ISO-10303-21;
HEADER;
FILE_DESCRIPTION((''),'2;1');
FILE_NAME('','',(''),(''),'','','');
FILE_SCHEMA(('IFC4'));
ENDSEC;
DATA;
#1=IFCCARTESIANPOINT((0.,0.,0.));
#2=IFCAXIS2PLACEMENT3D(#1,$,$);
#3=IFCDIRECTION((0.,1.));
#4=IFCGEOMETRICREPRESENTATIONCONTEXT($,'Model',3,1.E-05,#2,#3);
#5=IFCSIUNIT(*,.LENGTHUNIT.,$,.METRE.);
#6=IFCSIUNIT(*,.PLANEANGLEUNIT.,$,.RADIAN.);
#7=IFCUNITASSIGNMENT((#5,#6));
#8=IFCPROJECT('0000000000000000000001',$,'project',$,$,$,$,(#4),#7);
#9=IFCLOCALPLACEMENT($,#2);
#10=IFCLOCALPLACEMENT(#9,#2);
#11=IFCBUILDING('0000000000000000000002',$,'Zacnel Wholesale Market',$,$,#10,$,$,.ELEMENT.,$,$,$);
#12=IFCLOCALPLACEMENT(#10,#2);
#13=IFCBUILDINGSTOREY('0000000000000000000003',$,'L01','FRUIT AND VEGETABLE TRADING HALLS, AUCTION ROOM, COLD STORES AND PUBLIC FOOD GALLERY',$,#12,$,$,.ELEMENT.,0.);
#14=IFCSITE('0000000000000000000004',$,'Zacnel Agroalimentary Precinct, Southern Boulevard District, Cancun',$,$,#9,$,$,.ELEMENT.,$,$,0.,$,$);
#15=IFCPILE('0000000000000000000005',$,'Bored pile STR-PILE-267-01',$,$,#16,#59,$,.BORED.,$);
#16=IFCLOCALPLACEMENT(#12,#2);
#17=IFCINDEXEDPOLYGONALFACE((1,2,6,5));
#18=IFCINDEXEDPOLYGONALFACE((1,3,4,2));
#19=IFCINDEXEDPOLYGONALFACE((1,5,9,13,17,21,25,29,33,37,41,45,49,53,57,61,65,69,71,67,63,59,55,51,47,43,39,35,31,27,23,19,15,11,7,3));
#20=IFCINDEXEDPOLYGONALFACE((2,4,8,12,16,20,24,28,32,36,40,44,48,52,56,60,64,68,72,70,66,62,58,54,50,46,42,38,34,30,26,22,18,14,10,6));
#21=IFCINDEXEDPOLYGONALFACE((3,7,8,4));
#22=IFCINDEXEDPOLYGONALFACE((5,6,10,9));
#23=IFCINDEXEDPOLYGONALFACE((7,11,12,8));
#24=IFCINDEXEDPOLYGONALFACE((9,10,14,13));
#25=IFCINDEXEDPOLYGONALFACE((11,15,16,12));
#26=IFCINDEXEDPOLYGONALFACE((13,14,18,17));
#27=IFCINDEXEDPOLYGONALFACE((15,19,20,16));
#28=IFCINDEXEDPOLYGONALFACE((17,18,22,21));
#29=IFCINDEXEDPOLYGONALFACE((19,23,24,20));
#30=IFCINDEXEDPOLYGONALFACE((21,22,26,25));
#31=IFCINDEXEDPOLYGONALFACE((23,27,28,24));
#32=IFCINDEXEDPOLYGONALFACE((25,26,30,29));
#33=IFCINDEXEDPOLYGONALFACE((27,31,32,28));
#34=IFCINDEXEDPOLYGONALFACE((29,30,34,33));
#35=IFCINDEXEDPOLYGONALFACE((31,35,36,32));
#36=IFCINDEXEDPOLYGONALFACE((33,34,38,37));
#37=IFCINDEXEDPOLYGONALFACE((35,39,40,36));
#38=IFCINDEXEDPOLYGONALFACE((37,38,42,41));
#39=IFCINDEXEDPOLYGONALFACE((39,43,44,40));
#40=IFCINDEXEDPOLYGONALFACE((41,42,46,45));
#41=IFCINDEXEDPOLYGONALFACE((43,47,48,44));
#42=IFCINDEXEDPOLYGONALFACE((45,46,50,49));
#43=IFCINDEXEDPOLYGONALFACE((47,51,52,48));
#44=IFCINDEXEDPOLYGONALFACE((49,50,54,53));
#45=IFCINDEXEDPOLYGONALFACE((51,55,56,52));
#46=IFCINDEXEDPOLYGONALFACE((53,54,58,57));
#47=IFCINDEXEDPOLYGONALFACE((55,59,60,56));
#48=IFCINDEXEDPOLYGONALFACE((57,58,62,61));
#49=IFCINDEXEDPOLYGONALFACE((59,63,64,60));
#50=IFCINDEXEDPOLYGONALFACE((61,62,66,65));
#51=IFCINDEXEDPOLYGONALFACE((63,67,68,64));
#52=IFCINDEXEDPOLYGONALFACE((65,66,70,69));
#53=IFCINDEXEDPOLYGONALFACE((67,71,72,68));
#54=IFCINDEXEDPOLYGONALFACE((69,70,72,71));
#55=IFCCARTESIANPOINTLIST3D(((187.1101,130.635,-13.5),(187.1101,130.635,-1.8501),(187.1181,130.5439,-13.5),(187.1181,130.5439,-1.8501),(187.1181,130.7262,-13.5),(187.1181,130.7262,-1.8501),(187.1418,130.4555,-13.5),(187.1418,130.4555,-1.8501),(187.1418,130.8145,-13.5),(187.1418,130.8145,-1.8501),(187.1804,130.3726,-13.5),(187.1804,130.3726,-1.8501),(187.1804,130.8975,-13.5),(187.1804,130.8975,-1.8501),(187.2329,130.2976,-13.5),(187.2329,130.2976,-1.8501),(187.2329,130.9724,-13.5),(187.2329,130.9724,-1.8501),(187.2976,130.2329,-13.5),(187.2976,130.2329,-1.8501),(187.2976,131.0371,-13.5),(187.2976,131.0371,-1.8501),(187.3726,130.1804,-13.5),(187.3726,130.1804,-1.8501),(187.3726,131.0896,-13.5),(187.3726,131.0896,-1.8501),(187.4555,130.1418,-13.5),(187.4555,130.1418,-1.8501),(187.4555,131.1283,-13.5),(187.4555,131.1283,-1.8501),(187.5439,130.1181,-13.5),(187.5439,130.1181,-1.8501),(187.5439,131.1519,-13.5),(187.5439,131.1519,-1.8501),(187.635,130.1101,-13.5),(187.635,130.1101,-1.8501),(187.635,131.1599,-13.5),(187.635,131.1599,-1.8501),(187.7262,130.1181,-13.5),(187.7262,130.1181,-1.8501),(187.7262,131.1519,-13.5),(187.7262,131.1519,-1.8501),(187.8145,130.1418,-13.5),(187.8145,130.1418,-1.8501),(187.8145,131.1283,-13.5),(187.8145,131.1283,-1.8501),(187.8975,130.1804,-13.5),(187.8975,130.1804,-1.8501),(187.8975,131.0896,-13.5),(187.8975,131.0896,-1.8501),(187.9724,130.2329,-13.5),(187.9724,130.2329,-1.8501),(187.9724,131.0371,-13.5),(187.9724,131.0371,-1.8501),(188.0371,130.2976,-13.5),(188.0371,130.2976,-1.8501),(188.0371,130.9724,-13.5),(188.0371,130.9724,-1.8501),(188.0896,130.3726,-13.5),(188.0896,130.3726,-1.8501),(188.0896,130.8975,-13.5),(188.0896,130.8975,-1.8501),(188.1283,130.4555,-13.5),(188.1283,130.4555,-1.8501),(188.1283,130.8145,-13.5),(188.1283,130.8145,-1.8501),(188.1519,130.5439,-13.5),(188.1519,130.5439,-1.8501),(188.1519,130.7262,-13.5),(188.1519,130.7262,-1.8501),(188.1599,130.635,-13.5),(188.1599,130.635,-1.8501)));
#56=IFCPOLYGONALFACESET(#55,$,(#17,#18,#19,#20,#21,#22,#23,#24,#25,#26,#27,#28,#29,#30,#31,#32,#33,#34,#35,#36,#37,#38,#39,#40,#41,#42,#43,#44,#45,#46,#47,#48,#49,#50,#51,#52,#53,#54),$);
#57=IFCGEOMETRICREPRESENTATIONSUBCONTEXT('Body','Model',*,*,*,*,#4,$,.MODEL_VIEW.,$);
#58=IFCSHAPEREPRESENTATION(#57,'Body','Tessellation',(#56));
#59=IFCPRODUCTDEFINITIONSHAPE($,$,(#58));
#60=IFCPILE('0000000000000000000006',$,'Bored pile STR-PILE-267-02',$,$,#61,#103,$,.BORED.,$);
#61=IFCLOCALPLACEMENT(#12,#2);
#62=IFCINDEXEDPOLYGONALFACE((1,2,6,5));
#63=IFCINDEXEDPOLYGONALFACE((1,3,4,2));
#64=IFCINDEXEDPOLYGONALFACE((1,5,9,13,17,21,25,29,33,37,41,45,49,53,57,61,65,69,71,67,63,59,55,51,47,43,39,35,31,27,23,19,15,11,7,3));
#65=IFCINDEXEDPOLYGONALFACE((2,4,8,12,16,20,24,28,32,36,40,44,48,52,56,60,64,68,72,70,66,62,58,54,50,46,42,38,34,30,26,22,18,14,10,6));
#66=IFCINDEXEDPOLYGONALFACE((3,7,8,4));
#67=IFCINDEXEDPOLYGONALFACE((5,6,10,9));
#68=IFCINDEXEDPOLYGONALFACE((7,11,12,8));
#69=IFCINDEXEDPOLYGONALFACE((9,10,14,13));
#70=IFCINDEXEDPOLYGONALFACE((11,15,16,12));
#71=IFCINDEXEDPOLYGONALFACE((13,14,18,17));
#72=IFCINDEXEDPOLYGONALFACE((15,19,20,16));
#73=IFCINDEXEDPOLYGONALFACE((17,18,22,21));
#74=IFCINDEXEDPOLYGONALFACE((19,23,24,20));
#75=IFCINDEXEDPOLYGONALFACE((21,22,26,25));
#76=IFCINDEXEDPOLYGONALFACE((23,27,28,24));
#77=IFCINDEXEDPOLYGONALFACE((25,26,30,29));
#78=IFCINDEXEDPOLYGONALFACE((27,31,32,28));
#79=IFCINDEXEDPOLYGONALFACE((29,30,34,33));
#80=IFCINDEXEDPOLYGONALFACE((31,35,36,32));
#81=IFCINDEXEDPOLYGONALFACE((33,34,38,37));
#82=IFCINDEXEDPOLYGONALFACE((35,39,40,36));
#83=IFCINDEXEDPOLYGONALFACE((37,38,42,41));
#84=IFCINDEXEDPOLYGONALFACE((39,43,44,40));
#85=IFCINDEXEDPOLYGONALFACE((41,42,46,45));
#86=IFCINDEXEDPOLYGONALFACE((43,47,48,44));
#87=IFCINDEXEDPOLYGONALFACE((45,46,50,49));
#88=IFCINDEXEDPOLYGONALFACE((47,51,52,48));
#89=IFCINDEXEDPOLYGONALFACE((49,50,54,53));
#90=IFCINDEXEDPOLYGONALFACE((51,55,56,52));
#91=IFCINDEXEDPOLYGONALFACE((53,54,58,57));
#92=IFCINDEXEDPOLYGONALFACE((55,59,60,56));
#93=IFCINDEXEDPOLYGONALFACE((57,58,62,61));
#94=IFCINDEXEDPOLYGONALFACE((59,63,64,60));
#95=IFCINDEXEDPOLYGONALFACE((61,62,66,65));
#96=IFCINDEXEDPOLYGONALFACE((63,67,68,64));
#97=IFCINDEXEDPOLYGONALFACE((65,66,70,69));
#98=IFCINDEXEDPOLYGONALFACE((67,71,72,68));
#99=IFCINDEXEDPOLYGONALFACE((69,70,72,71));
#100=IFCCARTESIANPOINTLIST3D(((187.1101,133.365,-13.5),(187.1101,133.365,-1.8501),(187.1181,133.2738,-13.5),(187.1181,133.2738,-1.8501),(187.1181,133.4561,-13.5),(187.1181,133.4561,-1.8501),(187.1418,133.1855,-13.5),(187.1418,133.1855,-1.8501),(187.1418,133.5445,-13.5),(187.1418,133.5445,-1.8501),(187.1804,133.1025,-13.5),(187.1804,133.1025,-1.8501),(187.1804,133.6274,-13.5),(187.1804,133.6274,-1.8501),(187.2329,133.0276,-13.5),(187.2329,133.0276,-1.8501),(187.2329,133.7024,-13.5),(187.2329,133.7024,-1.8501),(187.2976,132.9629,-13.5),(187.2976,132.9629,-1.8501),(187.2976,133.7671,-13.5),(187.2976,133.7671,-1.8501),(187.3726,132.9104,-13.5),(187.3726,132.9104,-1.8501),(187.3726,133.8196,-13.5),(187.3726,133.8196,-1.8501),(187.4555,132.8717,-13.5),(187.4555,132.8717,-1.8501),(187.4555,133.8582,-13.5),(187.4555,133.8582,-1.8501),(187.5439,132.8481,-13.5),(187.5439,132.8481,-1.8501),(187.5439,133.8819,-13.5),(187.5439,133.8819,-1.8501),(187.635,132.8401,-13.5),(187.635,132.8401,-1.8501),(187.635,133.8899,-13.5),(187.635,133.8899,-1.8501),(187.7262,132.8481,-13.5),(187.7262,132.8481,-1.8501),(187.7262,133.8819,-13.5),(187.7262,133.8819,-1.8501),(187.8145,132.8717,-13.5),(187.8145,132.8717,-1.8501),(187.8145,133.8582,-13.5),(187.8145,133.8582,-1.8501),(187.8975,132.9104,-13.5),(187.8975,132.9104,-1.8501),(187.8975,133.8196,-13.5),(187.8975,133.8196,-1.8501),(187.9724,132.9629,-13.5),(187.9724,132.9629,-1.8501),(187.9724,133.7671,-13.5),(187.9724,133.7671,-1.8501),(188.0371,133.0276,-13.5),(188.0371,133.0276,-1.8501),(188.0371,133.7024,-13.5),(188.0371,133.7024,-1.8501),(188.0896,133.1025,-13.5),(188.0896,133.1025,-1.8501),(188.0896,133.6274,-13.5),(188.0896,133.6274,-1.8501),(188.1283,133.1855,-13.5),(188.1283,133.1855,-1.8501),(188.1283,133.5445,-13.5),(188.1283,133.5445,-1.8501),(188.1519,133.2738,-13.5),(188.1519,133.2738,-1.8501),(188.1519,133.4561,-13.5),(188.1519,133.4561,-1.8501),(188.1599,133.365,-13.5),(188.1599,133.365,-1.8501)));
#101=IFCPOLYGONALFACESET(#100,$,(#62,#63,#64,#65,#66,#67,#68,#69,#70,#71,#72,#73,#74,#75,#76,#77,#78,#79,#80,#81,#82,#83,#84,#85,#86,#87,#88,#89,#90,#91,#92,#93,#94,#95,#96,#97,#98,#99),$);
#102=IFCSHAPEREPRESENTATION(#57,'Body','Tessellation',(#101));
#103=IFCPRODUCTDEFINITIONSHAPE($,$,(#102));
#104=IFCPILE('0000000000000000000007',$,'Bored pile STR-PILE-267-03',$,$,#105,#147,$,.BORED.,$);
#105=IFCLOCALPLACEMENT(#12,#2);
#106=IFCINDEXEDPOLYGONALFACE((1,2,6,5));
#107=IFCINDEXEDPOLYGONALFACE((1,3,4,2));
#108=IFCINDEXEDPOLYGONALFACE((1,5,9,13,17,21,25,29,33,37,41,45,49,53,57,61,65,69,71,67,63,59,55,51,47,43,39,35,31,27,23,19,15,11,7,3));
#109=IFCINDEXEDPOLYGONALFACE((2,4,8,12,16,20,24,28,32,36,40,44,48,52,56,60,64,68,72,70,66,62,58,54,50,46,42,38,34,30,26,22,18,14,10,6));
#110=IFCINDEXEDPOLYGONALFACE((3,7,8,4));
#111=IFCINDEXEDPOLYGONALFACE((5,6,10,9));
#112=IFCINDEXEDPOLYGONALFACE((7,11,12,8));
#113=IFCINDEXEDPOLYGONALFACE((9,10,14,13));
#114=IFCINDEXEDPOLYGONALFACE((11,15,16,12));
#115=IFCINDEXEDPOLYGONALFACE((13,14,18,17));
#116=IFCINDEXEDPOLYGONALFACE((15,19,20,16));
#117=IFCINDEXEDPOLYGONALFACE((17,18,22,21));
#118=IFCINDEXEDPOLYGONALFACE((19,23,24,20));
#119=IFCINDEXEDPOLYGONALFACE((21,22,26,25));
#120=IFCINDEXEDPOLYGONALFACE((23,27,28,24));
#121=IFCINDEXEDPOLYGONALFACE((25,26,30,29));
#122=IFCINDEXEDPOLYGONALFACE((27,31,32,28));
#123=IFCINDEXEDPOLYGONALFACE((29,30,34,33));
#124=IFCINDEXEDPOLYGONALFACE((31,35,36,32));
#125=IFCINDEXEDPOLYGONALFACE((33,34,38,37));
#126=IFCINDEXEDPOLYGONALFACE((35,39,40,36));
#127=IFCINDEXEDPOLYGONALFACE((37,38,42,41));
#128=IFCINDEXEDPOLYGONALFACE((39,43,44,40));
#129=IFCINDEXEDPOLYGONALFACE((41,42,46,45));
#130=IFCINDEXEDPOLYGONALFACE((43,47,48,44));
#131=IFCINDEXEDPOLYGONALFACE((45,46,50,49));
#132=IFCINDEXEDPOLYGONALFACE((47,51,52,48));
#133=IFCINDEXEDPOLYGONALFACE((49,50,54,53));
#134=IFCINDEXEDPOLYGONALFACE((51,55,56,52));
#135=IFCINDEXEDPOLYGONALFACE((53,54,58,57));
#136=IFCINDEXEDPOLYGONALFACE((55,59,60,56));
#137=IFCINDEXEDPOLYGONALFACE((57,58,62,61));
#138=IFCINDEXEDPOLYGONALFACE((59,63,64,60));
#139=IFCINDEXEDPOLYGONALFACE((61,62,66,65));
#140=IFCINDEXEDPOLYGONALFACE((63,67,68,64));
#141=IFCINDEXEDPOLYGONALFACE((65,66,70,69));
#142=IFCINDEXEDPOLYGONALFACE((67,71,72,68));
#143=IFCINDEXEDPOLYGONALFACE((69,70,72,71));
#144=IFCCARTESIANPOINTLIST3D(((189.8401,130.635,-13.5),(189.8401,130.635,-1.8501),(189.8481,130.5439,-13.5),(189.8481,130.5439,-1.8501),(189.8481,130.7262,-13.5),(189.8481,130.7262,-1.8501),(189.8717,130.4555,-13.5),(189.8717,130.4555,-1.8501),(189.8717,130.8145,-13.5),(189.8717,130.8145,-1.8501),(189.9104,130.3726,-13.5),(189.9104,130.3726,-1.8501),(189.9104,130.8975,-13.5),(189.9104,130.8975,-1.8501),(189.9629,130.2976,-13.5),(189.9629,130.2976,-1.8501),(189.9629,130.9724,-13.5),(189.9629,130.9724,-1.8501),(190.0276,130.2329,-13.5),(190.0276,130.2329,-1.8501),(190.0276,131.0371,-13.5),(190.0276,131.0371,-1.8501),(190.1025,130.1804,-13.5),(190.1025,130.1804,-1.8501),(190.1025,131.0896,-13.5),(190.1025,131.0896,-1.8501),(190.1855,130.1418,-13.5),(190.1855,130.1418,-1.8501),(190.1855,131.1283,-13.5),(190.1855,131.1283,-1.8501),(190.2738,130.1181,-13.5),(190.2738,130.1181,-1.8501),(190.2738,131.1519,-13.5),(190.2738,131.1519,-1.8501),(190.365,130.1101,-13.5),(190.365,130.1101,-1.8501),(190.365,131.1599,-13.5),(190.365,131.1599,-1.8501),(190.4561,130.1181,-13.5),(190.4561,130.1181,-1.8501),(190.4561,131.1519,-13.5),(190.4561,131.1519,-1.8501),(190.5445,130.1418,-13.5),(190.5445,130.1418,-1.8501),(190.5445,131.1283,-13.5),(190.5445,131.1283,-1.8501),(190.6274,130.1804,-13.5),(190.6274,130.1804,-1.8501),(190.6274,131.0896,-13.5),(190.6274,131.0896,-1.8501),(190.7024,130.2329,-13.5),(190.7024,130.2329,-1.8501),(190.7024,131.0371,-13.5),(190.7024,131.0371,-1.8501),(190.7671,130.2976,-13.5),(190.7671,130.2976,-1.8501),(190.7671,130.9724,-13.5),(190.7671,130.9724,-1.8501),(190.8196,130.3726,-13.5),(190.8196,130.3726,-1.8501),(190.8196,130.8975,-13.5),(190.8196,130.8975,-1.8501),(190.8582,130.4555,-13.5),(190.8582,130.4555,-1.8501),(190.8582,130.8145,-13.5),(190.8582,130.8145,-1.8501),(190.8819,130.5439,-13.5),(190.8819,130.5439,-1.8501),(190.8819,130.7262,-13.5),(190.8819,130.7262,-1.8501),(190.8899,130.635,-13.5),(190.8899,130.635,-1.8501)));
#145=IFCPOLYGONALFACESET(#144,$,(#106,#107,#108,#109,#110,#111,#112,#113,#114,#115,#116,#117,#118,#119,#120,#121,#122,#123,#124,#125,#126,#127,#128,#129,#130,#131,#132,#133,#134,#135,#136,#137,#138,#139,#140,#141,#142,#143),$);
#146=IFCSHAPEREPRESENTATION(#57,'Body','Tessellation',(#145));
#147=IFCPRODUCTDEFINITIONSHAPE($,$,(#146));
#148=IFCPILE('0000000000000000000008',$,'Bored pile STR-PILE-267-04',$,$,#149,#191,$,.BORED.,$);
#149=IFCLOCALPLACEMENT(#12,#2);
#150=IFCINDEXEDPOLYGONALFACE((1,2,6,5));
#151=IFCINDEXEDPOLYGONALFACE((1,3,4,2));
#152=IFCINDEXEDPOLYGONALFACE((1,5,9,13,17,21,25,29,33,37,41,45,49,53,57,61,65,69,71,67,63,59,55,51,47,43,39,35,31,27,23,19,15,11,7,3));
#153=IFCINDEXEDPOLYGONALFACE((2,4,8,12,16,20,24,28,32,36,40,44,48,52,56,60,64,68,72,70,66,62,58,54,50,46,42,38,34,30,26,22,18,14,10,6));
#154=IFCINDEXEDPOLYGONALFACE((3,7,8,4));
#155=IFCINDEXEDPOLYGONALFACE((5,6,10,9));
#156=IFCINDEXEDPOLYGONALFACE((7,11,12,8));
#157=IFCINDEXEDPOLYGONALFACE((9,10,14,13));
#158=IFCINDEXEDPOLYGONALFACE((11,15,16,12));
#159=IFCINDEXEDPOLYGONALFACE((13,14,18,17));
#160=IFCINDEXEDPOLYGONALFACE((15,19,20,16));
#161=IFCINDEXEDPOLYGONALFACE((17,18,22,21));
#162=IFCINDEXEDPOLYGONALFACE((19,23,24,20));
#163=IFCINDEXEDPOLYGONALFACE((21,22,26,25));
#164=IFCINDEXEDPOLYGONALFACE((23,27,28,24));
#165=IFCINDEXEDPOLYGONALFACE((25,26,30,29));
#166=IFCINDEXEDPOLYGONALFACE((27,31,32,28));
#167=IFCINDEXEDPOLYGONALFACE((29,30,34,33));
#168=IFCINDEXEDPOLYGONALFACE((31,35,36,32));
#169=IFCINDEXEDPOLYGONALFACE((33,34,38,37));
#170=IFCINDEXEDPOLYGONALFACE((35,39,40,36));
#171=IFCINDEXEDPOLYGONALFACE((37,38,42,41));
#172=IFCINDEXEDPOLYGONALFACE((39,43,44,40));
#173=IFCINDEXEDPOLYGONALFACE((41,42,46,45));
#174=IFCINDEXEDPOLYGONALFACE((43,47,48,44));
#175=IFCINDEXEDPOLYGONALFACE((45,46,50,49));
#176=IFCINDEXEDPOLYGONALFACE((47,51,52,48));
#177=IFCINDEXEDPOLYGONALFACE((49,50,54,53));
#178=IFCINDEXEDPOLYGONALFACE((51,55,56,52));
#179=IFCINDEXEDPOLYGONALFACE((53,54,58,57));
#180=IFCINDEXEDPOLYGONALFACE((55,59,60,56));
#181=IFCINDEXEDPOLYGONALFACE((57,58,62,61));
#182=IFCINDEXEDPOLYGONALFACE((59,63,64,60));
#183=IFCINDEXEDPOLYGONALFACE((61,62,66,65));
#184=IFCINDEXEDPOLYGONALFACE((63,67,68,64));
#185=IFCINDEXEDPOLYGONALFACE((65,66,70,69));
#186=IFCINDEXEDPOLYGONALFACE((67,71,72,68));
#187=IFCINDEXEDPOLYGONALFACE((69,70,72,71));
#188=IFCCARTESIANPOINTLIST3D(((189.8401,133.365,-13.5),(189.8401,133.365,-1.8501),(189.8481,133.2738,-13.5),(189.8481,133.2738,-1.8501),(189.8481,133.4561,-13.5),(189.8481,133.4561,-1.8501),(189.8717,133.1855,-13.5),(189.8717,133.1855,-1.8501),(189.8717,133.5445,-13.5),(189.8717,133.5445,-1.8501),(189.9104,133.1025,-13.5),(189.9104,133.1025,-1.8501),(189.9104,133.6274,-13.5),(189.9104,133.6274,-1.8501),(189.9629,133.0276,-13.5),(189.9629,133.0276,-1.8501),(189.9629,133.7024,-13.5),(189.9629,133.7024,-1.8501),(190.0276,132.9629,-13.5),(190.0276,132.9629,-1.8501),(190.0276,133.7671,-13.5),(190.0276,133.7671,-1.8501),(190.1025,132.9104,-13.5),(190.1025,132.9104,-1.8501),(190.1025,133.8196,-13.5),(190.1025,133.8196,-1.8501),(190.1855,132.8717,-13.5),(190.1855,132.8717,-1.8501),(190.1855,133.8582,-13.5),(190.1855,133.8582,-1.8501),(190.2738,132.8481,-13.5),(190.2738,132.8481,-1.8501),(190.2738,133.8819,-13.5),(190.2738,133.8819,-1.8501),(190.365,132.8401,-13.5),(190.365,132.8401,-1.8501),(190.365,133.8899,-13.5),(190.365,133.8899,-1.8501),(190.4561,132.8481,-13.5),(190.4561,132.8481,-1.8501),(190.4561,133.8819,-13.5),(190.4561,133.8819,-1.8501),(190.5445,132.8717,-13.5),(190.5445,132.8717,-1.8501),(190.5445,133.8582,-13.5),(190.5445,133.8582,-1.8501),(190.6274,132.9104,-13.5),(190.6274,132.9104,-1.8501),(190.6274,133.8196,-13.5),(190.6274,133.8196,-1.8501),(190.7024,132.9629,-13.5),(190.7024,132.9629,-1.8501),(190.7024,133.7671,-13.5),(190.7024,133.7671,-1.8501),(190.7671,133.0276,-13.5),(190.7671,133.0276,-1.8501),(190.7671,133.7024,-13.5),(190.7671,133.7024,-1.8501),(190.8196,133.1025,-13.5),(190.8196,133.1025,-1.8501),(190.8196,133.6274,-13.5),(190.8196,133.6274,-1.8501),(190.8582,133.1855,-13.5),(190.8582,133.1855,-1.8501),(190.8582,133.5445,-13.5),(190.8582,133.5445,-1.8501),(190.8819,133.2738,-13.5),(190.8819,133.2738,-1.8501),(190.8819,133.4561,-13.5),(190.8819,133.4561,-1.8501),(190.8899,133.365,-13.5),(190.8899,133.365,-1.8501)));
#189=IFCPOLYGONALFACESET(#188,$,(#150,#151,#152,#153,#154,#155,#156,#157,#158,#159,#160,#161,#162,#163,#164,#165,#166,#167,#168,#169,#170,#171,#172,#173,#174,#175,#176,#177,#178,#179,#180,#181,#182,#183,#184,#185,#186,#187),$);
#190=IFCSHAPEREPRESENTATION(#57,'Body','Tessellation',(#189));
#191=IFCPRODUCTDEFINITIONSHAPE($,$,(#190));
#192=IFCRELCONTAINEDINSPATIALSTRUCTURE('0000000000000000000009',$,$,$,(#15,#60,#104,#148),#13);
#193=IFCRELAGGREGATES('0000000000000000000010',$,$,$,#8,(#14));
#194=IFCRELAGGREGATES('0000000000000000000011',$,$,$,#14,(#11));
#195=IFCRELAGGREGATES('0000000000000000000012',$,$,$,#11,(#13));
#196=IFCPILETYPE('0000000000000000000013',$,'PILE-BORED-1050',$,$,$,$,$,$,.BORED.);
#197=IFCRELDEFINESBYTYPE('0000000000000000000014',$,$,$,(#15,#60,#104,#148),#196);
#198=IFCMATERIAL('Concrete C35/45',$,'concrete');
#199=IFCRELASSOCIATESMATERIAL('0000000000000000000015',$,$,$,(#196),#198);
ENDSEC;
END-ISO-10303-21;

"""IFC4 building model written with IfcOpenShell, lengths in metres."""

from ifc_helpers import new_model, si_unit, direction, frame, origin, origin_2d, place, context, subcontext, project, spatial, circle, extrude, material, material_profile, profile_set, type_object, element, save


model = new_model("IFC4")

# Units and contexts
model_context = context("Model", 3, precision=1e-05, world=origin(), true_north=direction((0.0, 1.0)))
body_context = subcontext(model_context, "Body", "Model", "MODEL_VIEW")
ifc_project = project(units=[si_unit("LENGTHUNIT", "METRE"), si_unit("PLANEANGLEUNIT", "RADIAN")], contexts=[model_context])

# Site, building, storey
site_placement = place(None, origin())
site = spatial("IfcSite", under=ifc_project, at=site_placement, Name="Zacnel Agroalimentary Precinct, Southern Boulevard District, Cancun", CompositionType="ELEMENT", RefElevation=0.0)
building_placement = place(site_placement, origin())
building = spatial("IfcBuilding", under=site, at=building_placement, Name="Zacnel Wholesale Market", CompositionType="ELEMENT")
storey_placement = place(building_placement, origin())
storey = spatial("IfcBuildingStorey", under=building, at=storey_placement, Name="L01", Description="FRUIT AND VEGETABLE TRADING HALLS, AUCTION ROOM, COLD STORES AND PUBLIC FOOD GALLERY", CompositionType="ELEMENT", Elevation=0.0)

# Piles
ifc_material_1 = material(Name="Concrete C35/45", Category="concrete")
ifc_material_profile_1 = material_profile(ifc_material_1, circle(Radius=0.5249, at=origin_2d()), Name="BORED PILE D1050")
ifc_profile_set_1 = profile_set([ifc_material_profile_1], Name="Concrete C35/45")
pile_type_1 = type_object("IfcPileType", Name="PILE-BORED-1050", PredefinedType="BORED", material=ifc_profile_set_1)
for number, where, z_axis, x_axis, name in (
    (1, (187.635, 130.635, -1.8501), (0.0, 0.0, -1.0), (1.0, 0.0, 0.0), "Bored pile STR-PILE-267-01"),
    (2, (187.635, 133.365, -1.8501), (0.0, 0.0, -1.0), (1.0, 0.0, 0.0), "Bored pile STR-PILE-267-02"),
    (3, (190.365, 130.635, -1.8501), (0.0, 0.0, -1.0), (1.0, 0.0, 0.0), "Bored pile STR-PILE-267-03"),
    (4, (190.365, 133.365, -1.8501), (0.0, 0.0, -1.0), (1.0, 0.0, 0.0), "Bored pile STR-PILE-267-04"),
):
    element("IfcPile", number, at=place(storey_placement, frame(where, z_axis=z_axis, x_axis=x_axis)), inside=storey, type_object=pile_type_1, Name=name, PredefinedType="BORED", context=body_context, shape_type="SweptSolid", body=[
        extrude(circle(Radius=0.5249, at=origin_2d()), origin(), (0.0, 0.0, 1.0), 11.6499),
    ])

save(model, "model.ifc")
